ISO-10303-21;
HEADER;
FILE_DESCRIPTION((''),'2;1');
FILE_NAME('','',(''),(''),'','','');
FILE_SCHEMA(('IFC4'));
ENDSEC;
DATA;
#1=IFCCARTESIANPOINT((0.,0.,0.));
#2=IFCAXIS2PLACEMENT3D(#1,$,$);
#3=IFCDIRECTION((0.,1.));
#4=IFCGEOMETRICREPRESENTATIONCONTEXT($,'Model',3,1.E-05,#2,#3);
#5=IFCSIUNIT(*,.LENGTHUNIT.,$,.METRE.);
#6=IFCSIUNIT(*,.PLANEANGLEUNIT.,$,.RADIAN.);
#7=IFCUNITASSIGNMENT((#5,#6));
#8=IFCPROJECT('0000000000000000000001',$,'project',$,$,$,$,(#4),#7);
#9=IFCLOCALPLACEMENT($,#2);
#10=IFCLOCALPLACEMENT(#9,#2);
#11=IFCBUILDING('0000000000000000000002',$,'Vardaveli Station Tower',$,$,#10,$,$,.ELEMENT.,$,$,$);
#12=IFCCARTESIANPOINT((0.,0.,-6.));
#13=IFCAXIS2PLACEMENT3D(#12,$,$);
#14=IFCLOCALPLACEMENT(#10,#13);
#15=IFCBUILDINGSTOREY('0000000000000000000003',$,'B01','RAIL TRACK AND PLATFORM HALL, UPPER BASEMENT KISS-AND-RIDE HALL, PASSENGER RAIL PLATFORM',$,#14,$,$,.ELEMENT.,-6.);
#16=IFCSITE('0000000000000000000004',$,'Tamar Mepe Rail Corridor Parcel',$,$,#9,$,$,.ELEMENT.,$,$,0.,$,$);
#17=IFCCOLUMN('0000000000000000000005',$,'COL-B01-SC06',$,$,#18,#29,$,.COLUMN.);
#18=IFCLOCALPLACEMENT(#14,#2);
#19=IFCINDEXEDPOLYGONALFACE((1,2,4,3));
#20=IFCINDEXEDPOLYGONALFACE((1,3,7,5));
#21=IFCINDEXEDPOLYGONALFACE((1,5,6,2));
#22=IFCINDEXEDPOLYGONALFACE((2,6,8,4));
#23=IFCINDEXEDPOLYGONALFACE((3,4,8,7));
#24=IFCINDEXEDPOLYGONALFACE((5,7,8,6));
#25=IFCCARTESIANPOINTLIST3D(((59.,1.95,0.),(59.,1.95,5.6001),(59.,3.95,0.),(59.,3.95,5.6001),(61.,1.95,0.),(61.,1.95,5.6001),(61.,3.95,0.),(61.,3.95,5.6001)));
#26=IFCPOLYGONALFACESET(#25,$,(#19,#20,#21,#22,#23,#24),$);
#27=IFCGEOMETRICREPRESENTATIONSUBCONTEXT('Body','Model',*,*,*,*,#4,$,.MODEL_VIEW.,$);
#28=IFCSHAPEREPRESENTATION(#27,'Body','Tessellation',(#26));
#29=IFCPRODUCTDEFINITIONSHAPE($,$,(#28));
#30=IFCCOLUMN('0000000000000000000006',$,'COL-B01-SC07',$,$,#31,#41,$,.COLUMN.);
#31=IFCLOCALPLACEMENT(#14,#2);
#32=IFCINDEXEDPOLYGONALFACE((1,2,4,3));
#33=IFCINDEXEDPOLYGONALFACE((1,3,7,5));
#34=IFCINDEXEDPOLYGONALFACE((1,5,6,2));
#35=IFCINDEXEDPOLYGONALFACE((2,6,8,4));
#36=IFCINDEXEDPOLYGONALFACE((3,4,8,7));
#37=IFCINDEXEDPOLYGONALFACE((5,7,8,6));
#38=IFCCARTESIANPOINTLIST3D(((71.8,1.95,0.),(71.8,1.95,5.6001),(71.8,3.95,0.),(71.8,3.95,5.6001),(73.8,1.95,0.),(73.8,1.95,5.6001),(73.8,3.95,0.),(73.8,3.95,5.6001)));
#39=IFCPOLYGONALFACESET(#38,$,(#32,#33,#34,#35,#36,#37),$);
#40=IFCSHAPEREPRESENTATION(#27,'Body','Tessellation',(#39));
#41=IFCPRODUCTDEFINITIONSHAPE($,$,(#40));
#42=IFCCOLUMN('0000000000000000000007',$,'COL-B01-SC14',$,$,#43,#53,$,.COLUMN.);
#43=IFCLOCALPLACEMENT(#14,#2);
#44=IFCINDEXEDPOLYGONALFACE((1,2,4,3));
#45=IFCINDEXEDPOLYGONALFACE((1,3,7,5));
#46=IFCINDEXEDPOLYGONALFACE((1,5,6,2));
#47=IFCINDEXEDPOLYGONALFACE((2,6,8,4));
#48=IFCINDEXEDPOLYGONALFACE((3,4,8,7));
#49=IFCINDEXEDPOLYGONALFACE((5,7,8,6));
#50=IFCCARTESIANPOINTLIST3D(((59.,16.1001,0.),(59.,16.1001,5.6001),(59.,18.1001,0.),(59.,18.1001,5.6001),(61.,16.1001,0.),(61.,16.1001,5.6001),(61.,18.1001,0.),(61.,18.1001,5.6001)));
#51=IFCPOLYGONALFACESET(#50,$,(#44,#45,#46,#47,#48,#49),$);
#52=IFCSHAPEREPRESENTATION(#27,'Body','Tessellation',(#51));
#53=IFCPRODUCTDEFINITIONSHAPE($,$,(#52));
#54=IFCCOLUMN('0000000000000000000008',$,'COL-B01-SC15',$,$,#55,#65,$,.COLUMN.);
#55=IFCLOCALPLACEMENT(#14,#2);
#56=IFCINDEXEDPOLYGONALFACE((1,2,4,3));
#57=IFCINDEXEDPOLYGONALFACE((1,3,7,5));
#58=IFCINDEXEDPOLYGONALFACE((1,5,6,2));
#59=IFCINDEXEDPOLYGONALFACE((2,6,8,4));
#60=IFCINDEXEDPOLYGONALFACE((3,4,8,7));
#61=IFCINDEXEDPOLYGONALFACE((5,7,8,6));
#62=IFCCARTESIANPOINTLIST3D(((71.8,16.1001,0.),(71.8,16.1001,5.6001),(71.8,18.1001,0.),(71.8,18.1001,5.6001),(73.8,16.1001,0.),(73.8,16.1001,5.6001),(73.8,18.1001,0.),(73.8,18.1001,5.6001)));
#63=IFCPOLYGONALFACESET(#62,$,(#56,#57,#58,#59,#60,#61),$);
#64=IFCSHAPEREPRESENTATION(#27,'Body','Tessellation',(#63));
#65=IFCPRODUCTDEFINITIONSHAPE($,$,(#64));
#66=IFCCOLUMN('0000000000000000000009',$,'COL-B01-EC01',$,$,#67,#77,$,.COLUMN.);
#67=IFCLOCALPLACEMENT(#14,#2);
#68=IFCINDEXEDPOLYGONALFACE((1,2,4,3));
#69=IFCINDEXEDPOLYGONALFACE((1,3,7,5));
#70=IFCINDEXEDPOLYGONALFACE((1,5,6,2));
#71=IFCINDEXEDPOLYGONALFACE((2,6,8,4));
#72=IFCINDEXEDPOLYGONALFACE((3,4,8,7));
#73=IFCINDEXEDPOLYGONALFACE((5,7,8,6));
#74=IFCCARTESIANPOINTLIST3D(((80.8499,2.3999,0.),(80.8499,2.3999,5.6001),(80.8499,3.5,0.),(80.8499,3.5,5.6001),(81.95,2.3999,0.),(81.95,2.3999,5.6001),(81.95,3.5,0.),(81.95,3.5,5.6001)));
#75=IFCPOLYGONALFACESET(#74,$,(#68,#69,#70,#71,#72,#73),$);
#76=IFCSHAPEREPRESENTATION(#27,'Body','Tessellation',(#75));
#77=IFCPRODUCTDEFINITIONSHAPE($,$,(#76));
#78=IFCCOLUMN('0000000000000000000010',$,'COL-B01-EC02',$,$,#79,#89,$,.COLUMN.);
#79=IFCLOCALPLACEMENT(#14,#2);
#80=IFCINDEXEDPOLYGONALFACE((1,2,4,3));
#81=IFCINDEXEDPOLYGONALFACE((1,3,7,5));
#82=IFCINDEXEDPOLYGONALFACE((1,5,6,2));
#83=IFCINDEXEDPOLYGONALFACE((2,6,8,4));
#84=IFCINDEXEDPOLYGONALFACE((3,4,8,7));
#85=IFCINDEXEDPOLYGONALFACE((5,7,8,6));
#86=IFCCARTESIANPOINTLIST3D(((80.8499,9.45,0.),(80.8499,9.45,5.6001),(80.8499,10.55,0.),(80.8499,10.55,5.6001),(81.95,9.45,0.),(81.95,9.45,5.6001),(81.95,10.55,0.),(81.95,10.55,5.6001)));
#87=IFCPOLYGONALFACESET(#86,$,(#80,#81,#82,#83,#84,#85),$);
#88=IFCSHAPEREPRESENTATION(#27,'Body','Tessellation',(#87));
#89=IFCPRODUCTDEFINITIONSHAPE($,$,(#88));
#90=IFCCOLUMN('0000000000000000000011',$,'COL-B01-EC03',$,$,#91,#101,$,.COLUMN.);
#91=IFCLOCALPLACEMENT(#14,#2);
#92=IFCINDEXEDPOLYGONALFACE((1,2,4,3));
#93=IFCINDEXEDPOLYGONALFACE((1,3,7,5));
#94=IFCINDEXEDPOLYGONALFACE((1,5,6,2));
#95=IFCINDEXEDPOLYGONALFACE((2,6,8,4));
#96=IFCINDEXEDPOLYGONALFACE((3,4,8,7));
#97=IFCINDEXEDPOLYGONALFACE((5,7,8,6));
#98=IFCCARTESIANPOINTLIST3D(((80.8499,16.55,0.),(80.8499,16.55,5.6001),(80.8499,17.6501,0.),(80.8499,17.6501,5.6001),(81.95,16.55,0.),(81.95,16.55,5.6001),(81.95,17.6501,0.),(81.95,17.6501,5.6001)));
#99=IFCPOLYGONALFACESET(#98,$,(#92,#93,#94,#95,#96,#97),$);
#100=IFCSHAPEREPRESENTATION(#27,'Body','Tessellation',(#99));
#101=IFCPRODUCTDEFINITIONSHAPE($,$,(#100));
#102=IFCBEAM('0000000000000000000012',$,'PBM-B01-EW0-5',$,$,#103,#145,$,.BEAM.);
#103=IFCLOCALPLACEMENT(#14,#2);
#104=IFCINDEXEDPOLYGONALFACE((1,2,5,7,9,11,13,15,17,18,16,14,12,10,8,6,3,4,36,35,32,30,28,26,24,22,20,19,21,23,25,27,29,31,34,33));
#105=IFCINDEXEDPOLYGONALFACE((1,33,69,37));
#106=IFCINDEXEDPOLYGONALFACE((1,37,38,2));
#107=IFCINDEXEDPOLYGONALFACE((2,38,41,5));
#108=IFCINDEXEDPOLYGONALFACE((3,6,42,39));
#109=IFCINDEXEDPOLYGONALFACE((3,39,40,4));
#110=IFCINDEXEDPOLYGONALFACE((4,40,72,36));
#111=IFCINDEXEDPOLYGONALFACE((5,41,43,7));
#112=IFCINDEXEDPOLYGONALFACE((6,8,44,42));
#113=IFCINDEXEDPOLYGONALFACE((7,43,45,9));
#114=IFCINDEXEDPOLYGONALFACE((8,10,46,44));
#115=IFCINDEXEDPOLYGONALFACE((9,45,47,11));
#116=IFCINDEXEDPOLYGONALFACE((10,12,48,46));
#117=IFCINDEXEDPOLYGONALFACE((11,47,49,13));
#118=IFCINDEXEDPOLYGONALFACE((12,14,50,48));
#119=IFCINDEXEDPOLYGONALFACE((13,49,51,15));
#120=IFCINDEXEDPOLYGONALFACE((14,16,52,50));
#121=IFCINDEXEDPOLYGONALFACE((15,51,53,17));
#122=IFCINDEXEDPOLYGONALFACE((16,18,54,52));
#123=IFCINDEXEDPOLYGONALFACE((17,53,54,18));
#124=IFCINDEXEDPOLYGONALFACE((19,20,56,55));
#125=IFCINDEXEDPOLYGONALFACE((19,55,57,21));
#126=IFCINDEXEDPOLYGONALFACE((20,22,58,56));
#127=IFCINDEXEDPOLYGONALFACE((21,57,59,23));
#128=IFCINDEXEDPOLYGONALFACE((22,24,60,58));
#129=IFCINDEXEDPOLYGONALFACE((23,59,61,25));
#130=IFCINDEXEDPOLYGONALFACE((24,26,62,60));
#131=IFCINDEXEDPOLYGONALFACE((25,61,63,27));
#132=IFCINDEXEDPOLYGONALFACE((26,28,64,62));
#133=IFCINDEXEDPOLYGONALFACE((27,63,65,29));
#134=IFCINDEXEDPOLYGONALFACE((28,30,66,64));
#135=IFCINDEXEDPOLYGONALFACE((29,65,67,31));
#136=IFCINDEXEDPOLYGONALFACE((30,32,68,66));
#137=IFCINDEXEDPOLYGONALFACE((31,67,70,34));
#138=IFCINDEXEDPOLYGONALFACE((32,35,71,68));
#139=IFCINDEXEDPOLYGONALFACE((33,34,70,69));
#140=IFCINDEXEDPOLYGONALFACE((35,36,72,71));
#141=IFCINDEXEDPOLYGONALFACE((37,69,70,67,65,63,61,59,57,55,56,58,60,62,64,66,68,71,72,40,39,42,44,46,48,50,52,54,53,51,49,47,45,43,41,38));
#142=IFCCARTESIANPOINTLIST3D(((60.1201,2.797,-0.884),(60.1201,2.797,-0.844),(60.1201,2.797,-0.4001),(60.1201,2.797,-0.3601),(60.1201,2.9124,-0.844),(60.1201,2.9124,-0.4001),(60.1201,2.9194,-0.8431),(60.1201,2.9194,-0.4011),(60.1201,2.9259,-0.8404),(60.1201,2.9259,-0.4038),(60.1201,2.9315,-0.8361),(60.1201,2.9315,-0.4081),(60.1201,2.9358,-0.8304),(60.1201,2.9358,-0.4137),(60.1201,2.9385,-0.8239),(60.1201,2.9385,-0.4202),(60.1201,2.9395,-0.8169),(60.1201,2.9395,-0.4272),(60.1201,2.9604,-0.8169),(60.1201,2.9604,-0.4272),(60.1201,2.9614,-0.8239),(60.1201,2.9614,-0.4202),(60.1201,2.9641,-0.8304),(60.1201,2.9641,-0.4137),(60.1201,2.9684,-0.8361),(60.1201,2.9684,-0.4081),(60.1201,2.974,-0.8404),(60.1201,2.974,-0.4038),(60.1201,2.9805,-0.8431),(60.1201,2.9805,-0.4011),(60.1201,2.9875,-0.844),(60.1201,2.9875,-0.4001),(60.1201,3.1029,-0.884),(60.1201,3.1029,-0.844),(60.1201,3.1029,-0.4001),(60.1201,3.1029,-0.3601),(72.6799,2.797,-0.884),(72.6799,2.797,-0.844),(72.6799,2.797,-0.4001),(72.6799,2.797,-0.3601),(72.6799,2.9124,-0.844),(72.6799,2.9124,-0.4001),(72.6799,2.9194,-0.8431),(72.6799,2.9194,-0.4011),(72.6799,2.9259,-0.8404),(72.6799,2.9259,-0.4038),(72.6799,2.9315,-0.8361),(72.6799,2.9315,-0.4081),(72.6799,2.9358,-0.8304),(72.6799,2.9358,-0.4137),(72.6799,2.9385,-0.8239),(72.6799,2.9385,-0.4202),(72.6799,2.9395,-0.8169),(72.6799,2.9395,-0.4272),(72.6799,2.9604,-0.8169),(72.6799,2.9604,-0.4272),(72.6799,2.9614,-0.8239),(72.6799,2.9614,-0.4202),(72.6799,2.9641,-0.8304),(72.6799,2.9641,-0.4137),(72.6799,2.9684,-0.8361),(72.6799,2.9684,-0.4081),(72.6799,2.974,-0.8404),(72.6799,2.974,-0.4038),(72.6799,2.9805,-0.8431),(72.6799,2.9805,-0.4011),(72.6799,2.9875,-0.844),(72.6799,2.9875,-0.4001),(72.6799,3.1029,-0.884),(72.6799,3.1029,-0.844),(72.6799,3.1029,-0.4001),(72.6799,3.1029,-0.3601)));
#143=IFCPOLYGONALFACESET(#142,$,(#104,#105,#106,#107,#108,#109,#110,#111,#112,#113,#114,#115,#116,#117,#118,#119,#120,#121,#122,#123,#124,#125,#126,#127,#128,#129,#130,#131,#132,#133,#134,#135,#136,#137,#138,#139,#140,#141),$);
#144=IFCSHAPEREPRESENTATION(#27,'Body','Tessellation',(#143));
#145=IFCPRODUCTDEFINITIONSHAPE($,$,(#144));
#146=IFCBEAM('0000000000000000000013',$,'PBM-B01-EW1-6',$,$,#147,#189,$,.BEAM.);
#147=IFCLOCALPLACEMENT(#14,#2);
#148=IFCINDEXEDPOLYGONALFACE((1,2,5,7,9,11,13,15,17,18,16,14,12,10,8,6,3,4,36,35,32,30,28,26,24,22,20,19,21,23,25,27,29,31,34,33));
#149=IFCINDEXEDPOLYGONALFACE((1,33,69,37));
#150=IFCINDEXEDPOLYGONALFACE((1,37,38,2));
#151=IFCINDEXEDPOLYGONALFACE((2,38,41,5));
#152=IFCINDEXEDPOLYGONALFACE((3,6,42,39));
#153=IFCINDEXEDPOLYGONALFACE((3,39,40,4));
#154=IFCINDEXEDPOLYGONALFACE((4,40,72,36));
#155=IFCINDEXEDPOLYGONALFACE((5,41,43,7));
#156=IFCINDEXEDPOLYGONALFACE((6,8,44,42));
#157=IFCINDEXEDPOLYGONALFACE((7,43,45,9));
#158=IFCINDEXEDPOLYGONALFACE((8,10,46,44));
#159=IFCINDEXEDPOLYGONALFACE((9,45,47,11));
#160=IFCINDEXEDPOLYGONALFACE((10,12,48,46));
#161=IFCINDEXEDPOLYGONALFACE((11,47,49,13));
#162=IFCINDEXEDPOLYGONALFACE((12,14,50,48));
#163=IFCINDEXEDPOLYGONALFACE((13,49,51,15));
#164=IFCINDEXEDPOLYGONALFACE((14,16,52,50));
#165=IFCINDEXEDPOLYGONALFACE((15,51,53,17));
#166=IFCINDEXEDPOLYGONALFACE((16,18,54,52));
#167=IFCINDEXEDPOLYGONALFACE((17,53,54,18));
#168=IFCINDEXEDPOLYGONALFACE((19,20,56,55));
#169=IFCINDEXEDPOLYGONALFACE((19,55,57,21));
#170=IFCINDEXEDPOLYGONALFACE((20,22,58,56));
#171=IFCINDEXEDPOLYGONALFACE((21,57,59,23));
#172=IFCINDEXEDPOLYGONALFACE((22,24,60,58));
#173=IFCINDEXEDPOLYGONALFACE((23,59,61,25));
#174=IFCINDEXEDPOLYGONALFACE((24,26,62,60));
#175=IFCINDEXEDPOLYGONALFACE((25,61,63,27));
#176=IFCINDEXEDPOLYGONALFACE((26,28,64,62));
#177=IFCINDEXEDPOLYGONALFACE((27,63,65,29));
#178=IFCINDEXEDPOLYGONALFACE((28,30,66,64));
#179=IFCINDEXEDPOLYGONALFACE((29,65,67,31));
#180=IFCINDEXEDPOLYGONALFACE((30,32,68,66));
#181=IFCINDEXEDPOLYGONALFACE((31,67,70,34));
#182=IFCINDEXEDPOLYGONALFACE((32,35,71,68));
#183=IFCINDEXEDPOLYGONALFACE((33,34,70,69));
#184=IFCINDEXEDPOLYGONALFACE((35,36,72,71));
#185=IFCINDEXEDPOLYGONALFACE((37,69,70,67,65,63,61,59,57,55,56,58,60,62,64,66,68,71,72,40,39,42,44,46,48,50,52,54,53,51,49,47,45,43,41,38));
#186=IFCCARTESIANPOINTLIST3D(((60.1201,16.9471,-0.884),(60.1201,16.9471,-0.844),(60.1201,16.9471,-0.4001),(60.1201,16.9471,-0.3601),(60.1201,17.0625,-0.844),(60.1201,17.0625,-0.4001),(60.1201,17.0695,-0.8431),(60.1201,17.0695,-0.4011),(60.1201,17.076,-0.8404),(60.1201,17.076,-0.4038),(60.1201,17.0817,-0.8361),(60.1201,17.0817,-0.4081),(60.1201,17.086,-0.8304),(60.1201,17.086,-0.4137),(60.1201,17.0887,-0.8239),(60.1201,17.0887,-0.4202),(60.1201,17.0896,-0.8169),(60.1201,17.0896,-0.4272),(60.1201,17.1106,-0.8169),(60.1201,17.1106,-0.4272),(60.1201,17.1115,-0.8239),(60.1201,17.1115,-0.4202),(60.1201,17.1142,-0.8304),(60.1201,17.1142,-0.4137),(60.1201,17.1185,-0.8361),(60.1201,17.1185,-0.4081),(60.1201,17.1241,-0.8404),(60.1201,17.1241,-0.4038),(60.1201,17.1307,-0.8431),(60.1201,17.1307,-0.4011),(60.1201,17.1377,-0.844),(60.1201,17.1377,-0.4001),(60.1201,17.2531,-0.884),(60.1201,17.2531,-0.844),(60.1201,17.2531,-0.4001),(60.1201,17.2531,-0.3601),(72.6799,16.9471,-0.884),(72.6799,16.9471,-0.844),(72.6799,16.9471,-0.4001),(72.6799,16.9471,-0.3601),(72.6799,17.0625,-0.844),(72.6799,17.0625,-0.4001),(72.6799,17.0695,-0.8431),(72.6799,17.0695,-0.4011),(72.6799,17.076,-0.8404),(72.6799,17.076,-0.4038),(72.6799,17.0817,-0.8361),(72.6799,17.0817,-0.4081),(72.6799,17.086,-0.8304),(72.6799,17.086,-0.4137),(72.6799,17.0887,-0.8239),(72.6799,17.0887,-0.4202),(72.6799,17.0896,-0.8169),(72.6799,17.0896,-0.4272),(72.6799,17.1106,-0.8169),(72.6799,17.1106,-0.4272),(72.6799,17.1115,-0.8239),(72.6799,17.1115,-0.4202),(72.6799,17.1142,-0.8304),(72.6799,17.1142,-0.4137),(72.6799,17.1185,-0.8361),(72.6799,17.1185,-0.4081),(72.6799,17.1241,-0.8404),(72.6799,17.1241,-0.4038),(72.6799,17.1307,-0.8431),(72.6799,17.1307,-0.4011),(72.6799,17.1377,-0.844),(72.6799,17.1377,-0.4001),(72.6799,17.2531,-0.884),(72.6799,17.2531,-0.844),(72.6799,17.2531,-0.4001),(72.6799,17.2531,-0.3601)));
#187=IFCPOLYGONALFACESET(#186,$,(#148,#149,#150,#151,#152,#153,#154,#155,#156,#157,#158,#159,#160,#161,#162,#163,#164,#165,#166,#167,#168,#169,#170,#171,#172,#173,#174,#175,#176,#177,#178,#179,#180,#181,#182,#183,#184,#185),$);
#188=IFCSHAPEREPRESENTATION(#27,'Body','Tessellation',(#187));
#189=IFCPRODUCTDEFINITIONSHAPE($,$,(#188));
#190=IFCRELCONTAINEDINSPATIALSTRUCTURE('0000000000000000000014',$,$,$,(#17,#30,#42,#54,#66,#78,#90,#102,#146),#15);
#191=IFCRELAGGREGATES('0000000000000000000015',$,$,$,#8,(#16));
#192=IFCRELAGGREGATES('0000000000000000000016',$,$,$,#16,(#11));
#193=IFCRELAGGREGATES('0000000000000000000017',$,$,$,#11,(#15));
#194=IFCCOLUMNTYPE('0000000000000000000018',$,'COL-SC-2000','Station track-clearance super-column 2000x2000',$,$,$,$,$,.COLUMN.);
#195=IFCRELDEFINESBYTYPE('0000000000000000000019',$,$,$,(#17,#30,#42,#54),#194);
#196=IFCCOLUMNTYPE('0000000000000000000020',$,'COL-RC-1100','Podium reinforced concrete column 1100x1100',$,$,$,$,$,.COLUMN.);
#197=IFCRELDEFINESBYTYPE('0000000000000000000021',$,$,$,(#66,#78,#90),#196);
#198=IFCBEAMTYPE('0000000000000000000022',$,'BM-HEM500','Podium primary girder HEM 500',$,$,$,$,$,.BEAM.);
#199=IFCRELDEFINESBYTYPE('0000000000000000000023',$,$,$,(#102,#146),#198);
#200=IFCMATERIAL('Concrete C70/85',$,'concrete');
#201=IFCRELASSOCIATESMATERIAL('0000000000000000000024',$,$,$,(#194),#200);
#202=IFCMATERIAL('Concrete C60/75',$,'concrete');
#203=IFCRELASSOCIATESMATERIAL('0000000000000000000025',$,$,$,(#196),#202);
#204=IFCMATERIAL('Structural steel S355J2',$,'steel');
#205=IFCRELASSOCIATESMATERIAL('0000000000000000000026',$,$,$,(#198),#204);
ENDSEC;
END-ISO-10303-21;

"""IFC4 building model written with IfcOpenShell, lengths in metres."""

from ifc_helpers import new_model, si_unit, direction, frame, origin, origin_2d, place, context, subcontext, project, spatial, rectangle, i_section, extrude, source, transform, mapped, material, material_profile, profile_set, type_object, element, save


model = new_model("IFC4")

# Units and contexts
model_context = context("Model", 3, precision=1e-05, world=origin(), true_north=direction((0.0, 1.0)))
body_context = subcontext(model_context, "Body", "Model", "MODEL_VIEW")
ifc_project = project(units=[si_unit("LENGTHUNIT", "METRE"), si_unit("PLANEANGLEUNIT", "RADIAN")], contexts=[model_context])

# Site, building, storey
site_placement = place(None, origin())
site = spatial("IfcSite", under=ifc_project, at=site_placement, Name="Tamar Mepe Rail Corridor Parcel", CompositionType="ELEMENT", RefElevation=0.0)
building_placement = place(site_placement, origin())
building = spatial("IfcBuilding", under=site, at=building_placement, Name="Vardaveli Station Tower", CompositionType="ELEMENT")
storey_placement = place(building_placement, frame((0.0, 0.0, -6.0)))
storey = spatial("IfcBuildingStorey", under=building, at=storey_placement, Name="B01", Description="RAIL TRACK AND PLATFORM HALL, UPPER BASEMENT KISS-AND-RIDE HALL, PASSENGER RAIL PLATFORM", CompositionType="ELEMENT", Elevation=-6.0)

# Columns
ifc_material_1 = material(Name="Concrete C70/85", Category="concrete")
ifc_material_profile_1 = material_profile(ifc_material_1, rectangle(XDim=2.0, YDim=2.0, at=origin_2d()), Name="SC 2000x2000")
ifc_profile_set_1 = profile_set([ifc_material_profile_1], Name="Concrete C70/85")
column_type_1 = type_object("IfcColumnType", Name="COL-SC-2000", Description="Station track-clearance super-column 2000x2000", PredefinedType="COLUMN", material=ifc_profile_set_1)
shared_shape_1 = source(origin(), body_context, "Body", "SweptSolid", [
    extrude(rectangle(XDim=2.0, YDim=2.0, at=origin_2d()), origin(), (0.0, 0.0, 1.0), 5.6001),
])
for number, where, z_axis, x_axis, name in (
    (1, (60.0, 2.95, 0.0), (0.0, 0.0, 1.0), (1.0, 0.0, 0.0), "COL-B01-SC06"),
    (2, (72.8, 2.95, 0.0), (0.0, 0.0, 1.0), (1.0, 0.0, 0.0), "COL-B01-SC07"),
    (3, (60.0, 17.1001, 0.0), (0.0, 0.0, 1.0), (1.0, 0.0, 0.0), "COL-B01-SC14"),
    (4, (72.8, 17.1001, 0.0), (0.0, 0.0, 1.0), (1.0, 0.0, 0.0), "COL-B01-SC15"),
):
    element("IfcColumn", number, at=place(storey_placement, frame(where, z_axis=z_axis, x_axis=x_axis)), inside=storey, type_object=column_type_1, Name=name, PredefinedType="COLUMN", context=body_context, shape_type="MappedRepresentation", body=[
        mapped(shared_shape_1, transform((0.0, 0.0, 0.0), scale=1.0)),
    ])
ifc_material_2 = material(Name="Concrete C60/75", Category="concrete")
ifc_material_profile_2 = material_profile(ifc_material_2, rectangle(XDim=1.1001, YDim=1.1001, at=origin_2d()), Name="RC 1100x1100")
ifc_profile_set_2 = profile_set([ifc_material_profile_2], Name="Concrete C60/75")
column_type_2 = type_object("IfcColumnType", Name="COL-RC-1100", Description="Podium reinforced concrete column 1100x1100", PredefinedType="COLUMN", material=ifc_profile_set_2)
shared_shape_2 = source(origin(), body_context, "Body", "SweptSolid", [
    extrude(rectangle(XDim=1.1001, YDim=1.1001, at=origin_2d()), origin(), (0.0, 0.0, 1.0), 5.6001),
])
for number, where, z_axis, x_axis, name in (
    (5, (81.3999, 2.95, 0.0), (0.0, 0.0, 1.0), (1.0, 0.0, 0.0), "COL-B01-EC01"),
    (6, (81.3999, 10.0, 0.0), (0.0, 0.0, 1.0), (1.0, 0.0, 0.0), "COL-B01-EC02"),
    (7, (81.3999, 17.1001, 0.0), (0.0, 0.0, 1.0), (1.0, 0.0, 0.0), "COL-B01-EC03"),
):
    element("IfcColumn", number, at=place(storey_placement, frame(where, z_axis=z_axis, x_axis=x_axis)), inside=storey, type_object=column_type_2, Name=name, PredefinedType="COLUMN", context=body_context, shape_type="MappedRepresentation", body=[
        mapped(shared_shape_2, transform((0.0, 0.0, 0.0), scale=1.0)),
    ])

# Beams
ifc_material_3 = material(Name="Structural steel S355J2", Category="steel")
ifc_material_profile_3 = material_profile(ifc_material_3, i_section(OverallWidth=0.3059, OverallDepth=0.5239, WebThickness=0.021, FlangeThickness=0.04, FilletRadius=0.0271, at=origin_2d()), Name="HEM 500")
ifc_profile_set_3 = profile_set([ifc_material_profile_3], Name="Structural steel S355J2")
beam_type_1 = type_object("IfcBeamType", Name="BM-HEM500", Description="Podium primary girder HEM 500", PredefinedType="BEAM", material=ifc_profile_set_3)
shared_shape_3 = source(origin(), body_context, "Body", "SweptSolid", [
    extrude(i_section(OverallWidth=0.3059, OverallDepth=0.5239, WebThickness=0.021, FlangeThickness=0.04, FilletRadius=0.0271, at=origin_2d()), origin(), (0.0, 0.0, 1.0), 12.5598),
])
for number, where, z_axis, x_axis, name in (
    (8, (60.1201, 2.95, -0.6221), (1.0, 0.0, 0.0), (0.0, 1.0, 0.0), "PBM-B01-EW0-5"),
    (9, (60.1201, 17.1001, -0.6221), (1.0, 0.0, 0.0), (0.0, 1.0, 0.0), "PBM-B01-EW1-6"),
):
    element("IfcBeam", number, at=place(storey_placement, frame(where, z_axis=z_axis, x_axis=x_axis)), inside=storey, type_object=beam_type_1, Name=name, PredefinedType="BEAM", context=body_context, shape_type="MappedRepresentation", body=[
        mapped(shared_shape_3, transform((0.0, 0.0, 0.0), scale=1.0)),
    ])

save(model, "model.ifc")
